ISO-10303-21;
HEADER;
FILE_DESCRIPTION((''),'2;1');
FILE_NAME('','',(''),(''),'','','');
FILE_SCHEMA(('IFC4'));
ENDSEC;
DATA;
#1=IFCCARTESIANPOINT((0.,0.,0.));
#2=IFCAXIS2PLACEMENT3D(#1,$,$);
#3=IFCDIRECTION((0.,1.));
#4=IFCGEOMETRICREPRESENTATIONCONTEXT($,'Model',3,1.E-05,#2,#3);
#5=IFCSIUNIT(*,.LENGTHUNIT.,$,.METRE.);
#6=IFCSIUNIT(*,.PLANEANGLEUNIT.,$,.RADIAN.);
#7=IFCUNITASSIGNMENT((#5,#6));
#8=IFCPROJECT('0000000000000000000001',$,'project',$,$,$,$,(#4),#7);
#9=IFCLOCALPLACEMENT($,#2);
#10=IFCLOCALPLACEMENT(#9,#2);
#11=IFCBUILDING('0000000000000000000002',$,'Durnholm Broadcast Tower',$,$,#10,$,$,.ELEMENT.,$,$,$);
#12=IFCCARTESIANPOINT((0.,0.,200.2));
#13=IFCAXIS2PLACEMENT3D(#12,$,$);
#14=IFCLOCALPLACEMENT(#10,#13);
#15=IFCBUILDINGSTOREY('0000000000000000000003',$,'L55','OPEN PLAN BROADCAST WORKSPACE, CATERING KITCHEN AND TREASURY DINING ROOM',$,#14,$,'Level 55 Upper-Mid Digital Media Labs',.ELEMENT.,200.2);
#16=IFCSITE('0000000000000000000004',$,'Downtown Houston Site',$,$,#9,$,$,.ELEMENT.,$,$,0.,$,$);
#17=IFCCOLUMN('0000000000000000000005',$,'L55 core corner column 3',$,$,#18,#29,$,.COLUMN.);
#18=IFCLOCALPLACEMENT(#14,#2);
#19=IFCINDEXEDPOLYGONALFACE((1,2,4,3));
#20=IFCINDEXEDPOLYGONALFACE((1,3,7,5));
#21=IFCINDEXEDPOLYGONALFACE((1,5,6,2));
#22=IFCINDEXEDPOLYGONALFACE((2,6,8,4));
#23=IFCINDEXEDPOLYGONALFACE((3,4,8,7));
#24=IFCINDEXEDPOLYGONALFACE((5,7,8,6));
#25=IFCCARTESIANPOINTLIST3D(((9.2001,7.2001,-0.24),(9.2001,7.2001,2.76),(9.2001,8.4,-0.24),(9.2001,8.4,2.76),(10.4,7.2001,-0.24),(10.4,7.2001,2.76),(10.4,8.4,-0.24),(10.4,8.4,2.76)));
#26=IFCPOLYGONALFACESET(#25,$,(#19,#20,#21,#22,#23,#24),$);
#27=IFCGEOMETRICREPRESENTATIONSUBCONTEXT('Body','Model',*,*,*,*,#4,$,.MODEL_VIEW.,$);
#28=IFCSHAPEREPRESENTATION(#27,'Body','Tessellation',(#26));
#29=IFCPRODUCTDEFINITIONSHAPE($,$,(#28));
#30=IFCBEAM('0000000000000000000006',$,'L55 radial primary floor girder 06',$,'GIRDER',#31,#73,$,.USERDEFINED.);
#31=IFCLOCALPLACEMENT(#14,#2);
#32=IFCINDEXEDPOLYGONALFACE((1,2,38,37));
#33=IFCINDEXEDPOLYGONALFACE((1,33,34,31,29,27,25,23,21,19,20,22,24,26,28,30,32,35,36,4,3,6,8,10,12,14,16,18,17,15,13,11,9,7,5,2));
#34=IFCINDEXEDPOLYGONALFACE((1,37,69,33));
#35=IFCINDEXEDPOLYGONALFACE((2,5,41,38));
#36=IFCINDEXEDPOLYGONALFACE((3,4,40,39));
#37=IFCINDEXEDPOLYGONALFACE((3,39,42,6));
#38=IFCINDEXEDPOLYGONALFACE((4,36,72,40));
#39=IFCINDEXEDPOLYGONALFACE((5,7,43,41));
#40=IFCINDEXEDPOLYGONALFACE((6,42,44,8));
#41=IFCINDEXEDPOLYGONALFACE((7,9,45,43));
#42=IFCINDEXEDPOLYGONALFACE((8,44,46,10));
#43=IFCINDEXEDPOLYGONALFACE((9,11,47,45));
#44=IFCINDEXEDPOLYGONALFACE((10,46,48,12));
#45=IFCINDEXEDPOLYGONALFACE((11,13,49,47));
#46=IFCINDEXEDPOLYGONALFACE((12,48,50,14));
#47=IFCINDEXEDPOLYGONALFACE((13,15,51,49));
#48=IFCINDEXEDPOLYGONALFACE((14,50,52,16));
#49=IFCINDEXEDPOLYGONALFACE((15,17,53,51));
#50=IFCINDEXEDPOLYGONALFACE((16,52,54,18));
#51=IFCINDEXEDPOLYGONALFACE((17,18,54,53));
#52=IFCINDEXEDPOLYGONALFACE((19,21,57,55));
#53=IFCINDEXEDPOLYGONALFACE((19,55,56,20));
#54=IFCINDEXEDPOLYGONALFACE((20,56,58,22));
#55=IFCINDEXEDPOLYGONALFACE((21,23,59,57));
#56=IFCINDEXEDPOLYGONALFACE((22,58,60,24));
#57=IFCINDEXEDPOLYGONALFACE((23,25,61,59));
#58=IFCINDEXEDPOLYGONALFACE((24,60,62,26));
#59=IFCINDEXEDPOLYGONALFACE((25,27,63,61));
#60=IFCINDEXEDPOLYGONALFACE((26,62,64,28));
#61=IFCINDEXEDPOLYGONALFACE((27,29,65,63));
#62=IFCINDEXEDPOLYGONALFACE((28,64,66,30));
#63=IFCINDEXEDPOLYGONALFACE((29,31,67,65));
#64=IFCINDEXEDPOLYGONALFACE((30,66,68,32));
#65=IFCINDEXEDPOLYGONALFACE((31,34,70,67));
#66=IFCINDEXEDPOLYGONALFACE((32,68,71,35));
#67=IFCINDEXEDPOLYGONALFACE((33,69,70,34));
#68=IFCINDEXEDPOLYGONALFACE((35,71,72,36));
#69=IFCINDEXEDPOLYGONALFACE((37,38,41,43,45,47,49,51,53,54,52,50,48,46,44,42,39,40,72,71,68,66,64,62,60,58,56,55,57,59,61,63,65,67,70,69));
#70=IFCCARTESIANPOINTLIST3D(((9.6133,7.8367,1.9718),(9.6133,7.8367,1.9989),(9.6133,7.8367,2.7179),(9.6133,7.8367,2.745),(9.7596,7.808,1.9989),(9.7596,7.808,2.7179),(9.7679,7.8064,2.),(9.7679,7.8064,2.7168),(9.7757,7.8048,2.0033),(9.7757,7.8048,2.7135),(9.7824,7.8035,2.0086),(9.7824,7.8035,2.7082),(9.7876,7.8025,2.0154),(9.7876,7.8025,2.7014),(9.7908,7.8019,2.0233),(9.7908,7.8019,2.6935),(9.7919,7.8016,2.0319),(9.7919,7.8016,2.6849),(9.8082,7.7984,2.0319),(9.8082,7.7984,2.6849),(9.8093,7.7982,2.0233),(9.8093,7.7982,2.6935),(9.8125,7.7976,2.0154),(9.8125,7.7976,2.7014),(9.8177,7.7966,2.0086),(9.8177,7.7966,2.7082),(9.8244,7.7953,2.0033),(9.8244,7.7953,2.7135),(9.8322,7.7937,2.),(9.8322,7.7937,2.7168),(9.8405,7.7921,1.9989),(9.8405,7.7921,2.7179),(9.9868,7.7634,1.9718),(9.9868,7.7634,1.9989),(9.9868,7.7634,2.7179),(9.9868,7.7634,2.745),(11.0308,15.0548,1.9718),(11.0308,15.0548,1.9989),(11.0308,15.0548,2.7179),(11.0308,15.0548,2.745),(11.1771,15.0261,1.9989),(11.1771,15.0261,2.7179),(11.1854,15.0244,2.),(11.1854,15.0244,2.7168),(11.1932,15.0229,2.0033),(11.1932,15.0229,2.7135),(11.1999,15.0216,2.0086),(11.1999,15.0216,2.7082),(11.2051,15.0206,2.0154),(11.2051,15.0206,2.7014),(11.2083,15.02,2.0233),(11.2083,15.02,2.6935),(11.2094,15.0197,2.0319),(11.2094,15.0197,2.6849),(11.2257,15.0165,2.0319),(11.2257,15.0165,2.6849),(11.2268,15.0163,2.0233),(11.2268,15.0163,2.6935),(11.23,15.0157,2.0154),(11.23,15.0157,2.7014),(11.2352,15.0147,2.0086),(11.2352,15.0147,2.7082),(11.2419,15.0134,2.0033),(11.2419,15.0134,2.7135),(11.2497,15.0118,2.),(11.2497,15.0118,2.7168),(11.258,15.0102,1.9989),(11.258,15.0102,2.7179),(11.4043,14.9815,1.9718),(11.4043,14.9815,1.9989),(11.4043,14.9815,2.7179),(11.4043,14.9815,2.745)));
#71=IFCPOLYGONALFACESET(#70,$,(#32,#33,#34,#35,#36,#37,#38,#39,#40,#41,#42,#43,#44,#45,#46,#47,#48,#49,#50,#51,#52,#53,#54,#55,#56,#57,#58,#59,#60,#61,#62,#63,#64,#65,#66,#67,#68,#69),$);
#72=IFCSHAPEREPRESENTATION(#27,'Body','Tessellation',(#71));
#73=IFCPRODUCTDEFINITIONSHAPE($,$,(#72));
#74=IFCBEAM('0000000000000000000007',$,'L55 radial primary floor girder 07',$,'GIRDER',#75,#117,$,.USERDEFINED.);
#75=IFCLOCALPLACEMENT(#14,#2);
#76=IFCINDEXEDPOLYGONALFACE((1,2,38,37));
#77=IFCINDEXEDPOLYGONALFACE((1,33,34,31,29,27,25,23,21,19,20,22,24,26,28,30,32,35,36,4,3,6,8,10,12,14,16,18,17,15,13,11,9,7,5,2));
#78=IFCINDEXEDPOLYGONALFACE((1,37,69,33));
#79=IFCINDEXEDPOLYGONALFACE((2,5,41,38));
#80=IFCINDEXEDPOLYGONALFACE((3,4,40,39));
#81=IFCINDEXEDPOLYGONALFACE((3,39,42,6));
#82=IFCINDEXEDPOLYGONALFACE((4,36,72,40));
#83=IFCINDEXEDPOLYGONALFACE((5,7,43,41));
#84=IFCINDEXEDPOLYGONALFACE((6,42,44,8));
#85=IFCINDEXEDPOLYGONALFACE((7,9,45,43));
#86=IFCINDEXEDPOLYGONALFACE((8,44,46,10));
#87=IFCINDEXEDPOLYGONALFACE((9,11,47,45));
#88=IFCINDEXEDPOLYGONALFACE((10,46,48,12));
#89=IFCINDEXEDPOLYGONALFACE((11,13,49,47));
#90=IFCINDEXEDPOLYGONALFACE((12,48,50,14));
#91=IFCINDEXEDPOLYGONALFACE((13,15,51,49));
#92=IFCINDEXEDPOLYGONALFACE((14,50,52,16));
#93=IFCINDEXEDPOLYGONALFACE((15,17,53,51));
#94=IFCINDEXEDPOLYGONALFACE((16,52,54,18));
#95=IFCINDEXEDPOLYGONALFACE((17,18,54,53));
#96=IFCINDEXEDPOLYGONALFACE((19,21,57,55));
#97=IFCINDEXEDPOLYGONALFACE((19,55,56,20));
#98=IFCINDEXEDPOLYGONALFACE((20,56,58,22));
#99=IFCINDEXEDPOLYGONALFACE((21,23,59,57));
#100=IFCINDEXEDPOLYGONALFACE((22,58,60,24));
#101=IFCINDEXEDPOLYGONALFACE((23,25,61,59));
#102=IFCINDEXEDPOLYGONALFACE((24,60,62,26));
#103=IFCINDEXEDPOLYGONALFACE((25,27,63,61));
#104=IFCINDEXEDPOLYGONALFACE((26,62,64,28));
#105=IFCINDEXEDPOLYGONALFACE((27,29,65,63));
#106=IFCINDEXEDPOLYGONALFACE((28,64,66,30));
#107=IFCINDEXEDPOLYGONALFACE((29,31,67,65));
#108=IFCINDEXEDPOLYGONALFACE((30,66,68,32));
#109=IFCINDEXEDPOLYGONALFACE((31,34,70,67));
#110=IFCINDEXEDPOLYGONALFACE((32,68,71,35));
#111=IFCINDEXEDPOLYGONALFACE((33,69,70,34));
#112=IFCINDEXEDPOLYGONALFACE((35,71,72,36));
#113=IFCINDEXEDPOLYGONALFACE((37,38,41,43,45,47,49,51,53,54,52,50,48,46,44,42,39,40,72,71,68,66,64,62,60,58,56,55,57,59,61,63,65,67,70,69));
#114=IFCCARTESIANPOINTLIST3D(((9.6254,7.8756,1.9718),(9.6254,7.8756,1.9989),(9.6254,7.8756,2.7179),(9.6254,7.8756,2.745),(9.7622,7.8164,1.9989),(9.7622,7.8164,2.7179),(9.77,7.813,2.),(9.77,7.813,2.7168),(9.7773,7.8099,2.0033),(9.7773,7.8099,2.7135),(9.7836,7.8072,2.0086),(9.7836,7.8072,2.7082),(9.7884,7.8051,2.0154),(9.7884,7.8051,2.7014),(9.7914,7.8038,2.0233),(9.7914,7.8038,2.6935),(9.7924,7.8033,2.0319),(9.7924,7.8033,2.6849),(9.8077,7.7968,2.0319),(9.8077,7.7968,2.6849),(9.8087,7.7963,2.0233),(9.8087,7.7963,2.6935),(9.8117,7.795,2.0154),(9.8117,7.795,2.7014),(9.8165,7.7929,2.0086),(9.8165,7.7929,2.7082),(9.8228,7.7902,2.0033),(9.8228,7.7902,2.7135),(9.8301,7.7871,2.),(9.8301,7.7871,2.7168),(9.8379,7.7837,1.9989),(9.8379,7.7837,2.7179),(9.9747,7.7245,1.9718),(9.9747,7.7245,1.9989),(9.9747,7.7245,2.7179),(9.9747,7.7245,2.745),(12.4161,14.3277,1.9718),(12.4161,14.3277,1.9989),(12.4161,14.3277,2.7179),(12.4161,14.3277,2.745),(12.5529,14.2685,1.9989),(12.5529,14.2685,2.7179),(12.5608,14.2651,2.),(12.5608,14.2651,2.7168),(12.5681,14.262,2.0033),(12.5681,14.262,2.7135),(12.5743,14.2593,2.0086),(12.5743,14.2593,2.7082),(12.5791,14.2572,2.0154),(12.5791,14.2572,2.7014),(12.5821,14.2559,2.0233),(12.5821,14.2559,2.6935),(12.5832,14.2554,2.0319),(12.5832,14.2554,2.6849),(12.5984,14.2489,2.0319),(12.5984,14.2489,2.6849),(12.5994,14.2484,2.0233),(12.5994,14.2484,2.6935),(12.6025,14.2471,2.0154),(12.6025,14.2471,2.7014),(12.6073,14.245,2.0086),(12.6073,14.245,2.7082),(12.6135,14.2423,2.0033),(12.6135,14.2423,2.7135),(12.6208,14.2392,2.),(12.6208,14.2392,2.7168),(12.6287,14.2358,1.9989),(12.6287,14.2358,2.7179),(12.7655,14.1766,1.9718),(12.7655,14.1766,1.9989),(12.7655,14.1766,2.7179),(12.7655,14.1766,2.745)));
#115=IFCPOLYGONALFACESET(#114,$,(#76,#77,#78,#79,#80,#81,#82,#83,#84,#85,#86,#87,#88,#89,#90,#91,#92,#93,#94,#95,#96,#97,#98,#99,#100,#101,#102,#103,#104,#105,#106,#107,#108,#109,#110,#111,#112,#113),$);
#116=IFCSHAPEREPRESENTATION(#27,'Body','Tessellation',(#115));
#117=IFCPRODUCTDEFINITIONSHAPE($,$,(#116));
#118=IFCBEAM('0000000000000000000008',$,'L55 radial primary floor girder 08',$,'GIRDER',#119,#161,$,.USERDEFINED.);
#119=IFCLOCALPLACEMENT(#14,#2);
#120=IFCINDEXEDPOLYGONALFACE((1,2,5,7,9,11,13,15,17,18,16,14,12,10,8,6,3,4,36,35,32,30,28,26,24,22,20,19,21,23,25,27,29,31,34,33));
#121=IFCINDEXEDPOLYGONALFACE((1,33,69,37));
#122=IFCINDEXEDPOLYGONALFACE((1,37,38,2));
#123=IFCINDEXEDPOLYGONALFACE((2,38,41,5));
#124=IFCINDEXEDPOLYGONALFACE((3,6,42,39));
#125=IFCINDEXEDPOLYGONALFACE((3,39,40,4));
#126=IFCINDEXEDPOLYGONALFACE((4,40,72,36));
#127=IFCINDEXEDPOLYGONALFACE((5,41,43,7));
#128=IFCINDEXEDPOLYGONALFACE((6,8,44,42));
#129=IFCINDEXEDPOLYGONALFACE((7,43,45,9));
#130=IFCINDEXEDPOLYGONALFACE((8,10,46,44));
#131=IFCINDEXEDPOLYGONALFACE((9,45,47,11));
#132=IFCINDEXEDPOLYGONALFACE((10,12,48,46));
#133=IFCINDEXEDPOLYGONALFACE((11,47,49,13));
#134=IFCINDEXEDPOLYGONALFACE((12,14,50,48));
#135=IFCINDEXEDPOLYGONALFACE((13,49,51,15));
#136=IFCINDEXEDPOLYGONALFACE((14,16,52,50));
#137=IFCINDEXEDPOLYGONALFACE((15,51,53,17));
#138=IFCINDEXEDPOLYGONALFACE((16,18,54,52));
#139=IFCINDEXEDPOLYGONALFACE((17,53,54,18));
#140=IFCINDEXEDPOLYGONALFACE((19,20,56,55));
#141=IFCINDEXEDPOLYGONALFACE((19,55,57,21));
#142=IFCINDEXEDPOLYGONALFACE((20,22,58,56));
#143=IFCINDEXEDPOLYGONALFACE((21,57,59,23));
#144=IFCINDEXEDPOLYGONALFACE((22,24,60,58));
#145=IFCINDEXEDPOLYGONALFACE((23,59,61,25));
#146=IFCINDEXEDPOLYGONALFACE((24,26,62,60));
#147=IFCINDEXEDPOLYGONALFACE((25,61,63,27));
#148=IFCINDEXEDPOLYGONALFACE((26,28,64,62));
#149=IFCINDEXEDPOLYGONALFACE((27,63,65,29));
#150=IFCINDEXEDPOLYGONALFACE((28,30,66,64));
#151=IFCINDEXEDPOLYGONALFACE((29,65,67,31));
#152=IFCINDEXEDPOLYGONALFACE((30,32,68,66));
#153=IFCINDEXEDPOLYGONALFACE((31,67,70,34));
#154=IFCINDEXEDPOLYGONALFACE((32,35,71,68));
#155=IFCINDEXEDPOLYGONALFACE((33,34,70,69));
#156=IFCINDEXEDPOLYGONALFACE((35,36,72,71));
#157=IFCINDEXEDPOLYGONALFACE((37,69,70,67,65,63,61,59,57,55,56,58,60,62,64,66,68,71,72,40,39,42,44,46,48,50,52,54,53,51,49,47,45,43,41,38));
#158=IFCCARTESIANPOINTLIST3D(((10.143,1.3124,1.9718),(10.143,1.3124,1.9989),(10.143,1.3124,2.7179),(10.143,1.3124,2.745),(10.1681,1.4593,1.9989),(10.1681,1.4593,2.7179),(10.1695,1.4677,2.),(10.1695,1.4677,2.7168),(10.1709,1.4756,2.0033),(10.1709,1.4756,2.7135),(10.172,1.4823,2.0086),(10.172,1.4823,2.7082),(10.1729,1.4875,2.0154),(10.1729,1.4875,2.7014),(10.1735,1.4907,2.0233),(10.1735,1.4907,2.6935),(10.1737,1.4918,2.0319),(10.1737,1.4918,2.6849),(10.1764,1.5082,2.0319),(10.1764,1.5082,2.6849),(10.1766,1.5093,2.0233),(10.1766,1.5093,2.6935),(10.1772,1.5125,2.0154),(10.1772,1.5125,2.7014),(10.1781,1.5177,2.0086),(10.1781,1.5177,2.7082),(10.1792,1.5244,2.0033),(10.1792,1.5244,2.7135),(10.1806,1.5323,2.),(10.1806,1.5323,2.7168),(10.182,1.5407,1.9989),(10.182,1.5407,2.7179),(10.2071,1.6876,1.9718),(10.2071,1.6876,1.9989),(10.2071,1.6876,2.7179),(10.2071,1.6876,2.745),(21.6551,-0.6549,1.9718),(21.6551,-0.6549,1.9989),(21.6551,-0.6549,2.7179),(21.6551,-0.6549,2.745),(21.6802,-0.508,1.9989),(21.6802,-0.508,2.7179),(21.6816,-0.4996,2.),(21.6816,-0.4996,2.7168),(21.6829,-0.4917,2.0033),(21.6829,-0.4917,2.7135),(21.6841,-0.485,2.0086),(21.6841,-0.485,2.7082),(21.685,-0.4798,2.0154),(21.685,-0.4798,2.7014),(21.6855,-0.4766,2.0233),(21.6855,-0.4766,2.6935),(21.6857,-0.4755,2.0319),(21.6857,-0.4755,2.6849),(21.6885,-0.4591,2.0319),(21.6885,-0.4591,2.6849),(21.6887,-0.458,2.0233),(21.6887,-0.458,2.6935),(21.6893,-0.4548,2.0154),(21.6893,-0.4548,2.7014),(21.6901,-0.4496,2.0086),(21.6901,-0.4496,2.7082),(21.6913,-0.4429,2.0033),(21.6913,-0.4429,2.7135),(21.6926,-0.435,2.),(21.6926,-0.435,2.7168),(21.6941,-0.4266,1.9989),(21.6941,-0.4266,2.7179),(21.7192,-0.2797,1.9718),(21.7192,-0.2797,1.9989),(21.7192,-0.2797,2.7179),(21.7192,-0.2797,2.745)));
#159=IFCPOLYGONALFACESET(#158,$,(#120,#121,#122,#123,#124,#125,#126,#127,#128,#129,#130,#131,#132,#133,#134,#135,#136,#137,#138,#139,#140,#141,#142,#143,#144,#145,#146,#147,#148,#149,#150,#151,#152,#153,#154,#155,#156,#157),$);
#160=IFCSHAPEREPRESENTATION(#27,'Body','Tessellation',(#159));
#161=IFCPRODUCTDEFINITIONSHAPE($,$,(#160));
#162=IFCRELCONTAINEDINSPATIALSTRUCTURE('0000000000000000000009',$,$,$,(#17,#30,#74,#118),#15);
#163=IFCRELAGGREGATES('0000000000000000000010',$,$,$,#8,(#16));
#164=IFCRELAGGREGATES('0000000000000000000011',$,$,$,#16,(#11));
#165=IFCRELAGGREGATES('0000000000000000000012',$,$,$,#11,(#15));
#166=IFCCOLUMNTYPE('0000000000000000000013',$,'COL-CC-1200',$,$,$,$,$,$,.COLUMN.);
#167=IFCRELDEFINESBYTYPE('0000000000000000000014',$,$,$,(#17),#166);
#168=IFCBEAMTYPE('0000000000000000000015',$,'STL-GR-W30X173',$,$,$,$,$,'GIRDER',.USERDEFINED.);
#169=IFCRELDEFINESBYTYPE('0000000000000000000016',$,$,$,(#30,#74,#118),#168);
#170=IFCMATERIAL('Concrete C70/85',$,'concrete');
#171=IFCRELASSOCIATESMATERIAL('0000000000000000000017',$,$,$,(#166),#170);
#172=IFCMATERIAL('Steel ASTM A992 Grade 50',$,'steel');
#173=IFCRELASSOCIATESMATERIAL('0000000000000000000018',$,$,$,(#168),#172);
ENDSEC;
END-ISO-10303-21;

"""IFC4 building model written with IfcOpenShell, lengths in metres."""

from ifc_helpers import new_model, si_unit, direction, frame, origin, origin_2d, place, context, subcontext, project, spatial, rectangle, i_section, extrude, source, transform, mapped, material, material_profile, profile_set, type_object, type_shapes, element, save


model = new_model("IFC4")

# Units and contexts
model_context = context("Model", 3, precision=1e-05, world=origin(), true_north=direction((0.0, 1.0)))
body_context = subcontext(model_context, "Body", "Model", "MODEL_VIEW")
ifc_project = project(units=[si_unit("LENGTHUNIT", "METRE"), si_unit("PLANEANGLEUNIT", "RADIAN")], contexts=[model_context])

# Site, building, storey
site_placement = place(None, origin())
site = spatial("IfcSite", under=ifc_project, at=site_placement, Name="Downtown Houston Site", CompositionType="ELEMENT", RefElevation=0.0)
building_placement = place(site_placement, origin())
building = spatial("IfcBuilding", under=site, at=building_placement, Name="Durnholm Broadcast Tower", CompositionType="ELEMENT")
storey_placement = place(building_placement, frame((0.0, 0.0, 200.2)))
storey = spatial("IfcBuildingStorey", under=building, at=storey_placement, Name="L55", Description="OPEN PLAN BROADCAST WORKSPACE, CATERING KITCHEN AND TREASURY DINING ROOM", LongName="Level 55 Upper-Mid Digital Media Labs", CompositionType="ELEMENT", Elevation=200.2)

# Column
ifc_material_1 = material(Name="Concrete C70/85", Category="concrete")
ifc_material_profile_1 = material_profile(ifc_material_1, rectangle(XDim=1.2, YDim=1.2, at=origin_2d()), Name="RC1200X1200")
ifc_profile_set_1 = profile_set([ifc_material_profile_1], Name="Concrete C70/85")
column_type = type_object("IfcColumnType", Name="COL-CC-1200", PredefinedType="COLUMN", material=ifc_profile_set_1)
shared_shape_1 = source(origin(), body_context, "Body", "SweptSolid", [
    extrude(rectangle(XDim=1.2, YDim=1.2, at=origin_2d()), origin(), (0.0, 0.0, 1.0), 3.0),
])
type_shapes(column_type, [shared_shape_1])
column_placement = place(storey_placement, frame((9.8, 7.8, -0.24), z_axis=(0.0, 0.0, 1.0), x_axis=(1.0, 0.0, 0.0)))
element("IfcColumn", 1, at=column_placement, inside=storey, type_object=column_type, Name="L55 core corner column 3", PredefinedType="COLUMN", context=body_context, shape_type="MappedRepresentation", body=[
    mapped(shared_shape_1, transform((0.0, 0.0, 0.0), x_axis=(1.0, 0.0, 0.0), y_axis=(0.0, 1.0, 0.0), z_axis=(0.0, 0.0, 1.0), scale=1.0)),
])

# Beams
ifc_material_2 = material(Name="Steel ASTM A992 Grade 50", Category="steel")
ifc_material_profile_2 = material_profile(ifc_material_2, i_section(OverallWidth=0.3806, OverallDepth=0.7732, WebThickness=0.0166, FlangeThickness=0.0271, FilletRadius=0.033, at=origin_2d()), Name="W30X173")
ifc_profile_set_2 = profile_set([ifc_material_profile_2], Name="Steel ASTM A992 Grade 50")
beam_type_1 = type_object("IfcBeamType", Name="STL-GR-W30X173", ElementType="GIRDER", PredefinedType="USERDEFINED", material=ifc_profile_set_2)
shared_shape_2 = source(origin(), body_context, "Body", "SweptSolid", [
    extrude(i_section(OverallWidth=0.3806, OverallDepth=0.7732, WebThickness=0.0166, FlangeThickness=0.0271, FilletRadius=0.033, at=origin_2d()), origin(), (0.0, 0.0, 1.0), 7.356),
])
beam_1_placement = place(storey_placement, frame((9.8, 7.8, 2.3584), z_axis=(0.1927, 0.981258, 0.0), x_axis=(-0.981258, 0.1927, 0.0)))
element("IfcBeam", 2, at=beam_1_placement, inside=storey, type_object=beam_type_1, Name="L55 radial primary floor girder 06", ObjectType="GIRDER", PredefinedType="USERDEFINED", context=body_context, shape_type="MappedRepresentation", body=[
    mapped(shared_shape_2, transform((0.0, 0.0, 0.0), x_axis=(1.0, 0.0, 0.0), y_axis=(0.0, 1.0, 0.0), z_axis=(0.0, 0.0, 1.0), scale=1.0)),
])
shared_shape_3 = source(origin(), body_context, "Body", "SweptSolid", [
    extrude(i_section(OverallWidth=0.3806, OverallDepth=0.7732, WebThickness=0.0166, FlangeThickness=0.0271, FilletRadius=0.033, at=origin_2d()), origin(), (0.0, 0.0, 1.0), 7.0298),
])
beam_2_placement = place(storey_placement, frame((9.8, 7.8, 2.3584), z_axis=(0.396989, 0.917823, 0.0), x_axis=(-0.917823, 0.396989, 0.0)))
element("IfcBeam", 3, at=beam_2_placement, inside=storey, type_object=beam_type_1, Name="L55 radial primary floor girder 07", ObjectType="GIRDER", PredefinedType="USERDEFINED", context=body_context, shape_type="MappedRepresentation", body=[
    mapped(shared_shape_3, transform((0.0, 0.0, 0.0), x_axis=(1.0, 0.0, 0.0), y_axis=(0.0, 1.0, 0.0), z_axis=(0.0, 0.0, 1.0), scale=1.0)),
])
shared_shape_4 = source(origin(), body_context, "Body", "SweptSolid", [
    extrude(i_section(OverallWidth=0.3806, OverallDepth=0.7732, WebThickness=0.0166, FlangeThickness=0.0271, FilletRadius=0.033, at=origin_2d()), origin(), (0.0, 0.0, 1.0), 11.679),
])
beam_3_placement = place(storey_placement, frame((10.175, 1.5, 2.3584), z_axis=(0.98571, -0.168449, 0.0), x_axis=(0.168449, 0.98571, 0.0)))
element("IfcBeam", 4, at=beam_3_placement, inside=storey, type_object=beam_type_1, Name="L55 radial primary floor girder 08", ObjectType="GIRDER", PredefinedType="USERDEFINED", context=body_context, shape_type="MappedRepresentation", body=[
    mapped(shared_shape_4, transform((0.0, 0.0, 0.0), x_axis=(1.0, 0.0, 0.0), y_axis=(0.0, 1.0, 0.0), z_axis=(0.0, 0.0, 1.0), scale=1.0)),
])

save(model, "model.ifc")
